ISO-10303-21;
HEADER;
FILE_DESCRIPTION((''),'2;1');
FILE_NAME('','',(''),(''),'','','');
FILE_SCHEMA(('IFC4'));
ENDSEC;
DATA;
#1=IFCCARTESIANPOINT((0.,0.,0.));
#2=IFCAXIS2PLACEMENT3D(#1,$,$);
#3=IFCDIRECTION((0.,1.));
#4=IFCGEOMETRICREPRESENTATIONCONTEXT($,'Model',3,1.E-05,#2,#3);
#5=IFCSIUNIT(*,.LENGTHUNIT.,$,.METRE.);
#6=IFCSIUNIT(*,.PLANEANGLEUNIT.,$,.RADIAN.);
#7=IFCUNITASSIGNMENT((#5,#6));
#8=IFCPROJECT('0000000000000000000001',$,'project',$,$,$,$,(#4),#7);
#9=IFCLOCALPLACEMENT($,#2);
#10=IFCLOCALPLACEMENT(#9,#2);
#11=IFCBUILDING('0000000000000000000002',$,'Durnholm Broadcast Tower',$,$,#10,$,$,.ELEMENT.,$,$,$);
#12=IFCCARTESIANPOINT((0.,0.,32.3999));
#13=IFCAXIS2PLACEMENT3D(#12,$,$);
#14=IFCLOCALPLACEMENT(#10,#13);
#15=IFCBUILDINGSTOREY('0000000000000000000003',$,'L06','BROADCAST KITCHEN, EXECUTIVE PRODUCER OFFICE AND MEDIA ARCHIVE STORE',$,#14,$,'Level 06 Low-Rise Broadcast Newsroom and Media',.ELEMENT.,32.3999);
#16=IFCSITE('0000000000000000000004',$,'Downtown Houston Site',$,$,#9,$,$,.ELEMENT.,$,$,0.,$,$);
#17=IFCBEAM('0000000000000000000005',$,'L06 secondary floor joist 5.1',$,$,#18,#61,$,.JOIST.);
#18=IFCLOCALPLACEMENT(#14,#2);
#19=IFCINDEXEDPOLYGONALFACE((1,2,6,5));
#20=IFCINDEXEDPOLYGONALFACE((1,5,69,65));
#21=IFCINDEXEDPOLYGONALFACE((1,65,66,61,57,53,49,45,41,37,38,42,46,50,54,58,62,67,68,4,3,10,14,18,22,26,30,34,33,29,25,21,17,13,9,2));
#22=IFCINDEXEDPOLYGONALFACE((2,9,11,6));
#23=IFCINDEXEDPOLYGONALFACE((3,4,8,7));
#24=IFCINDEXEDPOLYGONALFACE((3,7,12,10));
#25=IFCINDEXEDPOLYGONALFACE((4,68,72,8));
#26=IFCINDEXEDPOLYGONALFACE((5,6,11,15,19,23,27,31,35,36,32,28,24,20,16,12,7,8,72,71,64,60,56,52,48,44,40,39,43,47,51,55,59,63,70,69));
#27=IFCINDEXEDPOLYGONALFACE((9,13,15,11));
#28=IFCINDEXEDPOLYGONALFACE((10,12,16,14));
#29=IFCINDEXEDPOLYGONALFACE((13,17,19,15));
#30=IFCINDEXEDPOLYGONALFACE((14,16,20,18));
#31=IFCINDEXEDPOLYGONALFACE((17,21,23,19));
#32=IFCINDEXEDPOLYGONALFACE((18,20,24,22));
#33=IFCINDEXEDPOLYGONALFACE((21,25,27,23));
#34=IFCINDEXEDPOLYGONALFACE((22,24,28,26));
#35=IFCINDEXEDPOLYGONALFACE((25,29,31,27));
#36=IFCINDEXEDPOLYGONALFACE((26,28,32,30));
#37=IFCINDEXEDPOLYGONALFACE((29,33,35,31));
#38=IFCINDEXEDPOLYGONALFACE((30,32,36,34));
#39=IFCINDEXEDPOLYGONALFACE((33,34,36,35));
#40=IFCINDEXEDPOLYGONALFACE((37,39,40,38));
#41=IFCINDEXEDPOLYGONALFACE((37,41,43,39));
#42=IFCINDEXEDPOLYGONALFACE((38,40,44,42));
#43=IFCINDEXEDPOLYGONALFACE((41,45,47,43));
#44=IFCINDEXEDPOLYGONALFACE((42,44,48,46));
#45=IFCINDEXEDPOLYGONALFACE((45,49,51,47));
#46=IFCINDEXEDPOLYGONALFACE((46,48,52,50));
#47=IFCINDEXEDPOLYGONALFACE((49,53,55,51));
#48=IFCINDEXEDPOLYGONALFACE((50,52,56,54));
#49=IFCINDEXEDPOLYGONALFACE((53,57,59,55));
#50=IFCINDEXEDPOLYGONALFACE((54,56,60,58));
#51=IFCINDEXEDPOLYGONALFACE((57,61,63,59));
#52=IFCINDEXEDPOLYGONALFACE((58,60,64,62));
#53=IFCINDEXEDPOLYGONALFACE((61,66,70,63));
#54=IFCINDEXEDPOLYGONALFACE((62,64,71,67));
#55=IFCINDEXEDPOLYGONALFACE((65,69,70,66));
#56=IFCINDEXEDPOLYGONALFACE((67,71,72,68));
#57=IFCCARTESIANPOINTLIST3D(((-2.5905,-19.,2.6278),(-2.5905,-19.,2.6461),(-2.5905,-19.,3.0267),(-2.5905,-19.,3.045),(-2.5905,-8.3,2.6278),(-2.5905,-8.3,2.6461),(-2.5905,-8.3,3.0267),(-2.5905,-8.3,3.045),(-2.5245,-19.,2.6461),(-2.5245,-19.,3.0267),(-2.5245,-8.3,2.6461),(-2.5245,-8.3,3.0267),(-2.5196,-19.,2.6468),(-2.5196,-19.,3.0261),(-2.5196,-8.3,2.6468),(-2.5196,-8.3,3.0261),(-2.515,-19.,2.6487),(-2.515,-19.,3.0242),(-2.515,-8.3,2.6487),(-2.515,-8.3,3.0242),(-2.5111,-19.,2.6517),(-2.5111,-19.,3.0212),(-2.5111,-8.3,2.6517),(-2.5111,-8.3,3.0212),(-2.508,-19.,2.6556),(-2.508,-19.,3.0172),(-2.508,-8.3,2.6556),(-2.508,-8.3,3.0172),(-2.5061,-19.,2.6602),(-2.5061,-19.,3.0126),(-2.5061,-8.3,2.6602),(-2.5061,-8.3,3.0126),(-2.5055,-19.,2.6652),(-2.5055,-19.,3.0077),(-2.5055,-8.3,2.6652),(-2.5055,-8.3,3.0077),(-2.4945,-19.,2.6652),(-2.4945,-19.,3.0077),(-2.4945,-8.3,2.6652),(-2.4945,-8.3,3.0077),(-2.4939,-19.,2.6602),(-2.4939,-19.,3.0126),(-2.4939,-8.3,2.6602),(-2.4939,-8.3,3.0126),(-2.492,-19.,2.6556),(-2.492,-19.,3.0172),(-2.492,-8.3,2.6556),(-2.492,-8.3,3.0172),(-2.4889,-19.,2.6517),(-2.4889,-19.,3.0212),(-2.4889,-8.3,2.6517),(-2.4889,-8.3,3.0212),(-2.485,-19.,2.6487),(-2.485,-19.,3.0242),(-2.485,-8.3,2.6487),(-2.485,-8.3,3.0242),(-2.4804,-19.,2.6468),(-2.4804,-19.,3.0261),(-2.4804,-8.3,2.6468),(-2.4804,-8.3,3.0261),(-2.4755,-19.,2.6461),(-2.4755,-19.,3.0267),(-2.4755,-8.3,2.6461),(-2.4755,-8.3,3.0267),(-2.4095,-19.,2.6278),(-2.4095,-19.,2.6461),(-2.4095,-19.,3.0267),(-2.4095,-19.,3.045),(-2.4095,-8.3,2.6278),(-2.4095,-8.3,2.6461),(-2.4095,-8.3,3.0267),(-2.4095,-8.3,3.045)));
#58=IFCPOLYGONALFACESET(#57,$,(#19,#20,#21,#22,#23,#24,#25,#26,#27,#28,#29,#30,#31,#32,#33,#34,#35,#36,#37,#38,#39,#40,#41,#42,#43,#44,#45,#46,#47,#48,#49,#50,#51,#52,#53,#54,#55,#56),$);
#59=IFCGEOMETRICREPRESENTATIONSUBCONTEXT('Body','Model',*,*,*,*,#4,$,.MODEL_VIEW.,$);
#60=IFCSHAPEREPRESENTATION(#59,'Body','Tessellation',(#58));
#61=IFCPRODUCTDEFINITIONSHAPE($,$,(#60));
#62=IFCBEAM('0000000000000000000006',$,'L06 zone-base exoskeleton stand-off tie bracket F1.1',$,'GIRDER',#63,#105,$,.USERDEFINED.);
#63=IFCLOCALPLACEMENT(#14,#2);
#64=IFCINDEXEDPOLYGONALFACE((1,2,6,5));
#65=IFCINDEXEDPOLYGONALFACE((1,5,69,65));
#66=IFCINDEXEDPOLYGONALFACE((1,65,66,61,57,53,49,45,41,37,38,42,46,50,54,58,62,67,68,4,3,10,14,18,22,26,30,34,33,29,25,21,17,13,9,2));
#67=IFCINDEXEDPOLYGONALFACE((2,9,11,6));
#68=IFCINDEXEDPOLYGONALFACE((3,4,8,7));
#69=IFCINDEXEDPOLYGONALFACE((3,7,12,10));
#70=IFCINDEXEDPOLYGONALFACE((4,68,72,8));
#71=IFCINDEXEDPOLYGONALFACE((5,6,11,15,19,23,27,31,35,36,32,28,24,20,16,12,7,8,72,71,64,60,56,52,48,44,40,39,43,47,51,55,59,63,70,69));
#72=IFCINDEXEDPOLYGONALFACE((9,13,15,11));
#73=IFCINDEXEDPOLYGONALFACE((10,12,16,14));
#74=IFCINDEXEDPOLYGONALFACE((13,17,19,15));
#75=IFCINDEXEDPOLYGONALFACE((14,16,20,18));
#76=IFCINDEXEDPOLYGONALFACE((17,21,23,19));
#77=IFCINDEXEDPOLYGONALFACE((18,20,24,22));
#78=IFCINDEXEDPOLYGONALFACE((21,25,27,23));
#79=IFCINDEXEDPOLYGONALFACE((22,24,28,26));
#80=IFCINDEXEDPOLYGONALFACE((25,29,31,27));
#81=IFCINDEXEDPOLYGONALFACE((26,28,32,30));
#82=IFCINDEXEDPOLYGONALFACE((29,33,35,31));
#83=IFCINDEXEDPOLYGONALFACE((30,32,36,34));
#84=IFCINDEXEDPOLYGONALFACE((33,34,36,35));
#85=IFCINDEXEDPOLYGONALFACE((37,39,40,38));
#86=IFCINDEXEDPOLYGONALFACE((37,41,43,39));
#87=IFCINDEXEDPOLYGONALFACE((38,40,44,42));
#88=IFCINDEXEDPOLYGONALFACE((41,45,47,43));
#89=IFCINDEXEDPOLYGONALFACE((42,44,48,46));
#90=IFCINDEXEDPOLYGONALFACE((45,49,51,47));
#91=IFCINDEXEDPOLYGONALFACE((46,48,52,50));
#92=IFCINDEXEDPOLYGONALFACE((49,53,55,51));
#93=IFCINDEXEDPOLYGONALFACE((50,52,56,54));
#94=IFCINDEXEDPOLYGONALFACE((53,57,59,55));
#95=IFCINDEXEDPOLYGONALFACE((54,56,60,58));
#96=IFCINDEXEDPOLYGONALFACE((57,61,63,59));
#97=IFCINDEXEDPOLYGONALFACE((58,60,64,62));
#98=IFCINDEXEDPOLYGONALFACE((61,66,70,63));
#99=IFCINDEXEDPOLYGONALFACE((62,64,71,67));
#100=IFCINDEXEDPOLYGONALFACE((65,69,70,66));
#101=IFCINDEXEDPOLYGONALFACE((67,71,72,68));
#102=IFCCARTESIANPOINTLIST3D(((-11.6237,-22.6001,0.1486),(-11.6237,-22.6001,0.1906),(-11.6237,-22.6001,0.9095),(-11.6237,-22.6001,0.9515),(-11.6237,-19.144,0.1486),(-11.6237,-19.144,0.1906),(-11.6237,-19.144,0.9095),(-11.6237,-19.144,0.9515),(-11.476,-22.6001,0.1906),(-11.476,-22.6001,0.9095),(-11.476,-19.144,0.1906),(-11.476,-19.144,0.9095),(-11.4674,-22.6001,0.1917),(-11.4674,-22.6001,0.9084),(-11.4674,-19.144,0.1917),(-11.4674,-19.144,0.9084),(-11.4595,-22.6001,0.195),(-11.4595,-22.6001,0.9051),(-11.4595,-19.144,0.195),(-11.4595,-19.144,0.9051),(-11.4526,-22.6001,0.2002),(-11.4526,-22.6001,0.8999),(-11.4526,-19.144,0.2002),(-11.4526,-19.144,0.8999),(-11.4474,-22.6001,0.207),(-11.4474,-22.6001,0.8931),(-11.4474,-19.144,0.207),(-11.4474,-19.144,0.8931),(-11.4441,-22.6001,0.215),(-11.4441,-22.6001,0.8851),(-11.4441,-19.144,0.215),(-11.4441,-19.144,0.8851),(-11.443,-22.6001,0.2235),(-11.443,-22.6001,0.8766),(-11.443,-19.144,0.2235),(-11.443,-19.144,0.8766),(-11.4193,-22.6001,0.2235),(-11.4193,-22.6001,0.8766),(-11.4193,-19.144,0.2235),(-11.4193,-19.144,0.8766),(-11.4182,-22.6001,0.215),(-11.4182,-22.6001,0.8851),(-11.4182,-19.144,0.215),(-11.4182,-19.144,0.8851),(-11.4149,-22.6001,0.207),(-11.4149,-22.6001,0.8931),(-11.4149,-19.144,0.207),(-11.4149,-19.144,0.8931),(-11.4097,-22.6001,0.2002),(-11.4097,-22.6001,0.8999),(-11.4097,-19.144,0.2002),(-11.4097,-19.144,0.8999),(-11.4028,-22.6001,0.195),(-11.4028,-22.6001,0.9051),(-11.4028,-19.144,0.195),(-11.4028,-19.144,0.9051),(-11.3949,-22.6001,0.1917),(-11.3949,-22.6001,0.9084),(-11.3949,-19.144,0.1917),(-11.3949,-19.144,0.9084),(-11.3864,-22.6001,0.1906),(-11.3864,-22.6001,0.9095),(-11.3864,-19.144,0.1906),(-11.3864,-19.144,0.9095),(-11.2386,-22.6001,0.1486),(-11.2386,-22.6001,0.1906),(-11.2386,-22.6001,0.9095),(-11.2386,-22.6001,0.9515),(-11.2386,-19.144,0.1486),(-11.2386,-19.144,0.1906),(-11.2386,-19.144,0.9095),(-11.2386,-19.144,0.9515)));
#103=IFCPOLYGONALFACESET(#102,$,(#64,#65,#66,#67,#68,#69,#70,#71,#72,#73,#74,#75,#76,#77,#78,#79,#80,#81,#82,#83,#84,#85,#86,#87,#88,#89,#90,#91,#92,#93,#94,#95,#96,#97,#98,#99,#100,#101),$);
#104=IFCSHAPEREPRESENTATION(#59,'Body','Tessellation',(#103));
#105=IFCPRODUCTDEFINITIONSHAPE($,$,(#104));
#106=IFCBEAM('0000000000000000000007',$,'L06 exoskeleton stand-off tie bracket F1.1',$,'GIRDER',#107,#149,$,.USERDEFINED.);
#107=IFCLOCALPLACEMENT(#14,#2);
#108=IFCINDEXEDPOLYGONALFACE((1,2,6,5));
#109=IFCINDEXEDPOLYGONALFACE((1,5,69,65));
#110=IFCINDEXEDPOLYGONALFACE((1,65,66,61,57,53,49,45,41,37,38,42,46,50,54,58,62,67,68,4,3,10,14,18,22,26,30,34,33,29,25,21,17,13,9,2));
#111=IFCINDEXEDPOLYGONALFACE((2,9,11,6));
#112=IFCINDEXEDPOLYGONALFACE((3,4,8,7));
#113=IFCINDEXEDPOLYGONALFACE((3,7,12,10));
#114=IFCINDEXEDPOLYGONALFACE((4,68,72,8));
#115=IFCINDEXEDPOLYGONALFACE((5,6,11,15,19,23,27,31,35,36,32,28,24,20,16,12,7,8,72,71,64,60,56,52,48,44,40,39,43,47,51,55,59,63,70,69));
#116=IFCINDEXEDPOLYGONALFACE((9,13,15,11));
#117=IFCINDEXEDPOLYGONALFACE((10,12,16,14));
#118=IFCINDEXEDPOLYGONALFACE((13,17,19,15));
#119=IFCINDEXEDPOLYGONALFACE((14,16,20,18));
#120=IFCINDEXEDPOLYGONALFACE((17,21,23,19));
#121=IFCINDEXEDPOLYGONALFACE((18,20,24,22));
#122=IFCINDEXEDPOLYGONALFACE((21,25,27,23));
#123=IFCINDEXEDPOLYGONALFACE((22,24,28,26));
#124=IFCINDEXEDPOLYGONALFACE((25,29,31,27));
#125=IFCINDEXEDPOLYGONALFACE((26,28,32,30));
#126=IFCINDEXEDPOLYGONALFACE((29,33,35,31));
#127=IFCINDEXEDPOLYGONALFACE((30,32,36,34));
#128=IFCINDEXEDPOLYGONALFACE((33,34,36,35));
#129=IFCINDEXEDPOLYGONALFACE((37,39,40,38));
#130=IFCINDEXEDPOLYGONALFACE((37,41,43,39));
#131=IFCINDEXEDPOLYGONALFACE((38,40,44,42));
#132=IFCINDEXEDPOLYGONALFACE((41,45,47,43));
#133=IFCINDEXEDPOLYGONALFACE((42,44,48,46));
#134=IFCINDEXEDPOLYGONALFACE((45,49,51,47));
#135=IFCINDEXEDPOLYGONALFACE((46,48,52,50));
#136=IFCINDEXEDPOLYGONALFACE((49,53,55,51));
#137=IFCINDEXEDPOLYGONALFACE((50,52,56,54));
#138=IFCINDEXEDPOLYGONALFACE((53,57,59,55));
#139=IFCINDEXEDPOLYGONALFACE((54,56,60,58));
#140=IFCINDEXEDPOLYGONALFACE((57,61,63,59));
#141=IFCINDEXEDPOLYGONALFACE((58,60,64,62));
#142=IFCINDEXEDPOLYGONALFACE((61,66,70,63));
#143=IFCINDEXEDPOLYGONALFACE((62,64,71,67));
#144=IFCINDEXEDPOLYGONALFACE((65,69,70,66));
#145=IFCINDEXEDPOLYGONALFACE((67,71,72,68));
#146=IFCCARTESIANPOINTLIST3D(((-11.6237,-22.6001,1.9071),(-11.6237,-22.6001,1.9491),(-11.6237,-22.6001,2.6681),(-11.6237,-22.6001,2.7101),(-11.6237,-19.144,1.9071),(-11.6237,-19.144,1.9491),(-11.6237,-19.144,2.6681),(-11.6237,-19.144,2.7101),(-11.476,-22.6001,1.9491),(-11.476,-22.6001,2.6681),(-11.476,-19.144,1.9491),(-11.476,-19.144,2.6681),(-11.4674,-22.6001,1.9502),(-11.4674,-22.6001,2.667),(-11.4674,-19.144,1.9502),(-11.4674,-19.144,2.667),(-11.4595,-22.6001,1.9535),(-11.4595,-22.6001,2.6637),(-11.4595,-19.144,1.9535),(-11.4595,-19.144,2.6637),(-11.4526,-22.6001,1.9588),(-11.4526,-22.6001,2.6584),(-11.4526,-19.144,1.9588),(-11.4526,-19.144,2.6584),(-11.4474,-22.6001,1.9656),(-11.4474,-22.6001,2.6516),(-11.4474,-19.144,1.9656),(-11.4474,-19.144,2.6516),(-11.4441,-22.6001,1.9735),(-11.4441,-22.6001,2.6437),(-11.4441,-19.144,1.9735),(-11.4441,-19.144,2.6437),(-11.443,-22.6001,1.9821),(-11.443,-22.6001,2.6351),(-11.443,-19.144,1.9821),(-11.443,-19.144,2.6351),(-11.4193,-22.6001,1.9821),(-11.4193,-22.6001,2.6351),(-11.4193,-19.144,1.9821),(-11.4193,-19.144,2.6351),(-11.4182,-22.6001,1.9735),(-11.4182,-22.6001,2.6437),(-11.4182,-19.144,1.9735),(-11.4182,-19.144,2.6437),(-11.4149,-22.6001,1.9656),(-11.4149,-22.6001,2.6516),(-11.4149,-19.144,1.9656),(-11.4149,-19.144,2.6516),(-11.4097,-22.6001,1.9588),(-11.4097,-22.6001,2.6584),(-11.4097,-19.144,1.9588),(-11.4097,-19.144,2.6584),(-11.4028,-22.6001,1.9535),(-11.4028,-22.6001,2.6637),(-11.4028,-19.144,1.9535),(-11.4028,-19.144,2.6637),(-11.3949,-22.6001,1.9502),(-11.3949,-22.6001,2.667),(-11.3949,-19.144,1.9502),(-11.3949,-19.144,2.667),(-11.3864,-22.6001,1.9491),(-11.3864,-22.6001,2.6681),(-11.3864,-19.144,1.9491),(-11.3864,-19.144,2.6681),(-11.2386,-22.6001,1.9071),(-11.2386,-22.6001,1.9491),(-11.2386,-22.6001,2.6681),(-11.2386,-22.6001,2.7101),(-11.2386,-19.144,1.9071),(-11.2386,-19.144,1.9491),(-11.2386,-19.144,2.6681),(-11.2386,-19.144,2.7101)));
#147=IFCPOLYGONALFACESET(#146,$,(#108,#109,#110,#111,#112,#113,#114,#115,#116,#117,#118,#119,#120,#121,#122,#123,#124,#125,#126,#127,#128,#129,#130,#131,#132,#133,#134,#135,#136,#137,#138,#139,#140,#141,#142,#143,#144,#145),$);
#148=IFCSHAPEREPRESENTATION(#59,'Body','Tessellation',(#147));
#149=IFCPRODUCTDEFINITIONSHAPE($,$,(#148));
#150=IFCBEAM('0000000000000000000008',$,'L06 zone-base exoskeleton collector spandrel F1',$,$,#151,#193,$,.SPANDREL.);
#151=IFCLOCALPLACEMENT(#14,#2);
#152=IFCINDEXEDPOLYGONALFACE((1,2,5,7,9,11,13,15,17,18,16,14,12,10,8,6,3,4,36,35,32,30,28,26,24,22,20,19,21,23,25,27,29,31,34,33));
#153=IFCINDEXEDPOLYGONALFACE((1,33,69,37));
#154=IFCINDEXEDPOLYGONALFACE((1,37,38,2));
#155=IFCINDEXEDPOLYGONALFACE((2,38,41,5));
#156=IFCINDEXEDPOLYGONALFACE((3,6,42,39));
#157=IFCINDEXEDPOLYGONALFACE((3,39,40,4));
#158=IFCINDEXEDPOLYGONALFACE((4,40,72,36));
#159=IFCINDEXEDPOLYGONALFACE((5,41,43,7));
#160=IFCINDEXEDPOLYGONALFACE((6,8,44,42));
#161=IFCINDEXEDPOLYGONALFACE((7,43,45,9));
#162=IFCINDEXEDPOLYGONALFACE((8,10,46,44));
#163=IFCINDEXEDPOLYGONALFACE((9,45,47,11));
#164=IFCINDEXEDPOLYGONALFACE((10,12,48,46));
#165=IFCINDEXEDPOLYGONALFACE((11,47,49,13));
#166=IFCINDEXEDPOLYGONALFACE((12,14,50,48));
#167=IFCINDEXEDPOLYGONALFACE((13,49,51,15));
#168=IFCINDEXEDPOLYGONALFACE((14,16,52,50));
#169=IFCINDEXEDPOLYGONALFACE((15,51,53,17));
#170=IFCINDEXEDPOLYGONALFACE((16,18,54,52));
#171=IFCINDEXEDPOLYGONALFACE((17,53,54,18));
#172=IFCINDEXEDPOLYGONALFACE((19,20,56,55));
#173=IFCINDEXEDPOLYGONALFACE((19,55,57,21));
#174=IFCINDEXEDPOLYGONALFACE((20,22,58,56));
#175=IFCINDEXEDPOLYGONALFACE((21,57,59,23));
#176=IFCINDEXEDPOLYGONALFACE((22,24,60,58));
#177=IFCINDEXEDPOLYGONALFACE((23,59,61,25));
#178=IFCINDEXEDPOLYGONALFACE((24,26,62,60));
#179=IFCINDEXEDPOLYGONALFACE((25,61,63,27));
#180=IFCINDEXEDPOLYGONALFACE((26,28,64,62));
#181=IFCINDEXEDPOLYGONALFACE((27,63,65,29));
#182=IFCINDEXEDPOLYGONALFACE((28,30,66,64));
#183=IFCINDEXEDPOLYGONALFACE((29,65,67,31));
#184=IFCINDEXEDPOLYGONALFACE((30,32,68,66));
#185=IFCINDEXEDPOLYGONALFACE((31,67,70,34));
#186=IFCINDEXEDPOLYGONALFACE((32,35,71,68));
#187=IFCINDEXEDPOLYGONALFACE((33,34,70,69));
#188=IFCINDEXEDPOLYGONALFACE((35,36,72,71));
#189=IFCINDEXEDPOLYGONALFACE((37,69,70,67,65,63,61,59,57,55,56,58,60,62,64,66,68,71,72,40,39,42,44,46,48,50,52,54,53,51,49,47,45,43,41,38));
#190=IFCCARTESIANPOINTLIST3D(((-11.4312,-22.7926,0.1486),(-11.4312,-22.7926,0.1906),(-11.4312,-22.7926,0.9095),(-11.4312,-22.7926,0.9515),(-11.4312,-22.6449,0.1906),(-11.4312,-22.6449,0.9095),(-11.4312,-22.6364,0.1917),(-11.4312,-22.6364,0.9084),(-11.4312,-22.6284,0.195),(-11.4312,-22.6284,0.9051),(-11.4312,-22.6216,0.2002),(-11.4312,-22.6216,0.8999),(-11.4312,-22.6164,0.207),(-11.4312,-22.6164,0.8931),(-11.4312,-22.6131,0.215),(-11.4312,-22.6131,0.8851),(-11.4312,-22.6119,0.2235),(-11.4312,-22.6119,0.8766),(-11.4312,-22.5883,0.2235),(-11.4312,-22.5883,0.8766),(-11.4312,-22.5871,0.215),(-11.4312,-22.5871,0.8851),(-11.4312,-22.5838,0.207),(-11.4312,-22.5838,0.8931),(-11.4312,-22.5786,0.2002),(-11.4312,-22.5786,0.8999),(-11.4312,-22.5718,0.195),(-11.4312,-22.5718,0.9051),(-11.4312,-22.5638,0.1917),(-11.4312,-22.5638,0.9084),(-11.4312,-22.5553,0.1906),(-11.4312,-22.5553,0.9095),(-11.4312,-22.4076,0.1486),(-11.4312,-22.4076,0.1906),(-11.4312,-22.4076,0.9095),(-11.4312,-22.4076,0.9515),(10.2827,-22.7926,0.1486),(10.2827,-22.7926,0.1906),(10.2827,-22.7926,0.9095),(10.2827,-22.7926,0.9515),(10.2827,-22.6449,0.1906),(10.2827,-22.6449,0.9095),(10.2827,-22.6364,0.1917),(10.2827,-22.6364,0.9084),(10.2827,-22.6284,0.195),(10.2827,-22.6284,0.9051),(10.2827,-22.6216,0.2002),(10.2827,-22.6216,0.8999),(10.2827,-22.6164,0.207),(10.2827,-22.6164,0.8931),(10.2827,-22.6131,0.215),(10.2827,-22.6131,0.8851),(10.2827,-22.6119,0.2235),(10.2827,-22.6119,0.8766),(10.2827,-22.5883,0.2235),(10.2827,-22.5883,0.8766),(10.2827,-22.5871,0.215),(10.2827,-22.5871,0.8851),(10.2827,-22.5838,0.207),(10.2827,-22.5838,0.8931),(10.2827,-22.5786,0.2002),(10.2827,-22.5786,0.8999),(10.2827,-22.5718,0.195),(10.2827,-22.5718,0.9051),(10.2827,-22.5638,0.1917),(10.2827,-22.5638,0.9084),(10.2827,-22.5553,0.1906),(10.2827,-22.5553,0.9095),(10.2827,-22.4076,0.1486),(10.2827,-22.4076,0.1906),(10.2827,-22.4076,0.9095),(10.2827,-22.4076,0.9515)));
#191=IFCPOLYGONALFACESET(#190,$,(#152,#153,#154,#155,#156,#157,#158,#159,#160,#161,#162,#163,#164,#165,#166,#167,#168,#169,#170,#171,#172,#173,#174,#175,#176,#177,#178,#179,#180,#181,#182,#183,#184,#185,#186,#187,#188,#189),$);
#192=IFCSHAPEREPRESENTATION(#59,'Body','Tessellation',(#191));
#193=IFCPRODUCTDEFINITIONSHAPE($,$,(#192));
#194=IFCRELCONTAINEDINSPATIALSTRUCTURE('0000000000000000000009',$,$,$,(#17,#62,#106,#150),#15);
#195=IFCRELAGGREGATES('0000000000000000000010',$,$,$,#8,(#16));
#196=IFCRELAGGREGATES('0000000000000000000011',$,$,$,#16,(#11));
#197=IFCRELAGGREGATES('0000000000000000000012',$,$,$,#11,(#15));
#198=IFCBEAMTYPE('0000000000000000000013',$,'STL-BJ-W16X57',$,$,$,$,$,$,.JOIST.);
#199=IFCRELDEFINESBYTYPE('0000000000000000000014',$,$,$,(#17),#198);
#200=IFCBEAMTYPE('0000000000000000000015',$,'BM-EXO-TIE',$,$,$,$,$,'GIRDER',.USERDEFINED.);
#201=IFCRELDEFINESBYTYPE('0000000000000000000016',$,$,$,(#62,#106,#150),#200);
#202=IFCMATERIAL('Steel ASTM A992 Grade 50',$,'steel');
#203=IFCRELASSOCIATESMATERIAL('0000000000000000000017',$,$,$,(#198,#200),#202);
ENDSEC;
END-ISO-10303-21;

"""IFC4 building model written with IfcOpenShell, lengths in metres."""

from ifc_helpers import new_model, si_unit, direction, frame, origin, origin_2d, place, context, subcontext, project, spatial, i_section, extrude, source, transform, mapped, material, material_profile, profile_set, type_object, type_shapes, element, save


model = new_model("IFC4")

# Units and contexts
model_context = context("Model", 3, precision=1e-05, world=origin(), true_north=direction((0.0, 1.0)))
body_context = subcontext(model_context, "Body", "Model", "MODEL_VIEW")
ifc_project = project(units=[si_unit("LENGTHUNIT", "METRE"), si_unit("PLANEANGLEUNIT", "RADIAN")], contexts=[model_context])

# Site, building, storey
site_placement = place(None, origin())
site = spatial("IfcSite", under=ifc_project, at=site_placement, Name="Downtown Houston Site", CompositionType="ELEMENT", RefElevation=0.0)
building_placement = place(site_placement, origin())
building = spatial("IfcBuilding", under=site, at=building_placement, Name="Durnholm Broadcast Tower", CompositionType="ELEMENT")
storey_placement = place(building_placement, frame((0.0, 0.0, 32.3999)))
storey = spatial("IfcBuildingStorey", under=building, at=storey_placement, Name="L06", Description="BROADCAST KITCHEN, EXECUTIVE PRODUCER OFFICE AND MEDIA ARCHIVE STORE", LongName="Level 06 Low-Rise Broadcast Newsroom and Media", CompositionType="ELEMENT", Elevation=32.3999)

# Beams
ifc_material_1 = material(Name="Steel ASTM A992 Grade 50", Category="steel")
ifc_material_profile_1 = material_profile(ifc_material_1, i_section(OverallWidth=0.1809, OverallDepth=0.4172, WebThickness=0.011, FlangeThickness=0.0183, FilletRadius=0.019, at=origin_2d()), Name="W16X57")
ifc_profile_set_1 = profile_set([ifc_material_profile_1], Name="Steel ASTM A992 Grade 50")
beam_type_1 = type_object("IfcBeamType", Name="STL-BJ-W16X57", PredefinedType="JOIST", material=ifc_profile_set_1)
shared_shape_1 = source(origin(), body_context, "Body", "SweptSolid", [
    extrude(i_section(OverallWidth=0.1809, OverallDepth=0.4172, WebThickness=0.011, FlangeThickness=0.0183, FilletRadius=0.019, at=origin_2d()), origin(), (0.0, 0.0, 1.0), 10.7),
])
type_shapes(beam_type_1, [shared_shape_1])
beam_1_placement = place(storey_placement, frame((-2.5, -19.0, 2.8364), z_axis=(0.0, 1.0, 0.0), x_axis=(-1.0, 0.0, 0.0)))
element("IfcBeam", 1, at=beam_1_placement, inside=storey, type_object=beam_type_1, Name="L06 secondary floor joist 5.1", PredefinedType="JOIST", context=body_context, shape_type="MappedRepresentation", body=[
    mapped(shared_shape_1, transform((0.0, 0.0, 0.0), x_axis=(1.0, 0.0, 0.0), y_axis=(0.0, 1.0, 0.0), z_axis=(0.0, 0.0, 1.0), scale=1.0)),
])
ifc_material_profile_2 = material_profile(ifc_material_1, i_section(OverallWidth=0.385, OverallDepth=0.803, WebThickness=0.0237, FlangeThickness=0.042, FilletRadius=0.033, at=origin_2d()), Name="W30X261")
ifc_profile_set_2 = profile_set([ifc_material_profile_2], Name="Steel ASTM A992 Grade 50")
beam_type_2 = type_object("IfcBeamType", Name="BM-EXO-TIE", ElementType="GIRDER", PredefinedType="USERDEFINED", material=ifc_profile_set_2)
shared_shape_2 = source(origin(), body_context, "Body", "SweptSolid", [
    extrude(i_section(OverallWidth=0.385, OverallDepth=0.803, WebThickness=0.0237, FlangeThickness=0.042, FilletRadius=0.033, at=origin_2d()), origin(), (0.0, 0.0, 1.0), 3.4561),
])
for number, where, z_axis, x_axis, name in (
    (2, (-11.4312, -19.144, 0.55), (0.0, -1.0, 0.0), (1.0, 0.0, 0.0), "L06 zone-base exoskeleton stand-off tie bracket F1.1"),
    (3, (-11.4312, -19.144, 2.3086), (0.0, -1.0, 0.0), (1.0, 0.0, 0.0), "L06 exoskeleton stand-off tie bracket F1.1"),
):
    element("IfcBeam", number, at=place(storey_placement, frame(where, z_axis=z_axis, x_axis=x_axis)), inside=storey, type_object=beam_type_2, Name=name, ObjectType="GIRDER", PredefinedType="USERDEFINED", context=body_context, shape_type="MappedRepresentation", body=[
        mapped(shared_shape_2, transform((0.0, 0.0, 0.0), x_axis=(1.0, 0.0, 0.0), y_axis=(0.0, 1.0, 0.0), z_axis=(0.0, 0.0, 1.0), scale=1.0)),
    ])
shared_shape_3 = source(origin(), body_context, "Body", "SweptSolid", [
    extrude(i_section(OverallWidth=0.385, OverallDepth=0.803, WebThickness=0.0237, FlangeThickness=0.042, FilletRadius=0.033, at=origin_2d()), origin(), (0.0, 0.0, 1.0), 21.7139),
])
type_shapes(beam_type_2, [shared_shape_2, shared_shape_3])
for number, where, z_axis, x_axis, name in (
    (4, (-11.4312, -22.6001, 0.55), (1.0, 0.0, 0.0), (0.0, 1.0, 0.0), "L06 zone-base exoskeleton collector spandrel F1"),
):
    element("IfcBeam", number, at=place(storey_placement, frame(where, z_axis=z_axis, x_axis=x_axis)), inside=storey, type_object=beam_type_2, Name=name, PredefinedType="SPANDREL", context=body_context, shape_type="MappedRepresentation", body=[
        mapped(shared_shape_3, transform((0.0, 0.0, 0.0), x_axis=(1.0, 0.0, 0.0), y_axis=(0.0, 1.0, 0.0), z_axis=(0.0, 0.0, 1.0), scale=1.0)),
    ])

save(model, "model.ifc")
